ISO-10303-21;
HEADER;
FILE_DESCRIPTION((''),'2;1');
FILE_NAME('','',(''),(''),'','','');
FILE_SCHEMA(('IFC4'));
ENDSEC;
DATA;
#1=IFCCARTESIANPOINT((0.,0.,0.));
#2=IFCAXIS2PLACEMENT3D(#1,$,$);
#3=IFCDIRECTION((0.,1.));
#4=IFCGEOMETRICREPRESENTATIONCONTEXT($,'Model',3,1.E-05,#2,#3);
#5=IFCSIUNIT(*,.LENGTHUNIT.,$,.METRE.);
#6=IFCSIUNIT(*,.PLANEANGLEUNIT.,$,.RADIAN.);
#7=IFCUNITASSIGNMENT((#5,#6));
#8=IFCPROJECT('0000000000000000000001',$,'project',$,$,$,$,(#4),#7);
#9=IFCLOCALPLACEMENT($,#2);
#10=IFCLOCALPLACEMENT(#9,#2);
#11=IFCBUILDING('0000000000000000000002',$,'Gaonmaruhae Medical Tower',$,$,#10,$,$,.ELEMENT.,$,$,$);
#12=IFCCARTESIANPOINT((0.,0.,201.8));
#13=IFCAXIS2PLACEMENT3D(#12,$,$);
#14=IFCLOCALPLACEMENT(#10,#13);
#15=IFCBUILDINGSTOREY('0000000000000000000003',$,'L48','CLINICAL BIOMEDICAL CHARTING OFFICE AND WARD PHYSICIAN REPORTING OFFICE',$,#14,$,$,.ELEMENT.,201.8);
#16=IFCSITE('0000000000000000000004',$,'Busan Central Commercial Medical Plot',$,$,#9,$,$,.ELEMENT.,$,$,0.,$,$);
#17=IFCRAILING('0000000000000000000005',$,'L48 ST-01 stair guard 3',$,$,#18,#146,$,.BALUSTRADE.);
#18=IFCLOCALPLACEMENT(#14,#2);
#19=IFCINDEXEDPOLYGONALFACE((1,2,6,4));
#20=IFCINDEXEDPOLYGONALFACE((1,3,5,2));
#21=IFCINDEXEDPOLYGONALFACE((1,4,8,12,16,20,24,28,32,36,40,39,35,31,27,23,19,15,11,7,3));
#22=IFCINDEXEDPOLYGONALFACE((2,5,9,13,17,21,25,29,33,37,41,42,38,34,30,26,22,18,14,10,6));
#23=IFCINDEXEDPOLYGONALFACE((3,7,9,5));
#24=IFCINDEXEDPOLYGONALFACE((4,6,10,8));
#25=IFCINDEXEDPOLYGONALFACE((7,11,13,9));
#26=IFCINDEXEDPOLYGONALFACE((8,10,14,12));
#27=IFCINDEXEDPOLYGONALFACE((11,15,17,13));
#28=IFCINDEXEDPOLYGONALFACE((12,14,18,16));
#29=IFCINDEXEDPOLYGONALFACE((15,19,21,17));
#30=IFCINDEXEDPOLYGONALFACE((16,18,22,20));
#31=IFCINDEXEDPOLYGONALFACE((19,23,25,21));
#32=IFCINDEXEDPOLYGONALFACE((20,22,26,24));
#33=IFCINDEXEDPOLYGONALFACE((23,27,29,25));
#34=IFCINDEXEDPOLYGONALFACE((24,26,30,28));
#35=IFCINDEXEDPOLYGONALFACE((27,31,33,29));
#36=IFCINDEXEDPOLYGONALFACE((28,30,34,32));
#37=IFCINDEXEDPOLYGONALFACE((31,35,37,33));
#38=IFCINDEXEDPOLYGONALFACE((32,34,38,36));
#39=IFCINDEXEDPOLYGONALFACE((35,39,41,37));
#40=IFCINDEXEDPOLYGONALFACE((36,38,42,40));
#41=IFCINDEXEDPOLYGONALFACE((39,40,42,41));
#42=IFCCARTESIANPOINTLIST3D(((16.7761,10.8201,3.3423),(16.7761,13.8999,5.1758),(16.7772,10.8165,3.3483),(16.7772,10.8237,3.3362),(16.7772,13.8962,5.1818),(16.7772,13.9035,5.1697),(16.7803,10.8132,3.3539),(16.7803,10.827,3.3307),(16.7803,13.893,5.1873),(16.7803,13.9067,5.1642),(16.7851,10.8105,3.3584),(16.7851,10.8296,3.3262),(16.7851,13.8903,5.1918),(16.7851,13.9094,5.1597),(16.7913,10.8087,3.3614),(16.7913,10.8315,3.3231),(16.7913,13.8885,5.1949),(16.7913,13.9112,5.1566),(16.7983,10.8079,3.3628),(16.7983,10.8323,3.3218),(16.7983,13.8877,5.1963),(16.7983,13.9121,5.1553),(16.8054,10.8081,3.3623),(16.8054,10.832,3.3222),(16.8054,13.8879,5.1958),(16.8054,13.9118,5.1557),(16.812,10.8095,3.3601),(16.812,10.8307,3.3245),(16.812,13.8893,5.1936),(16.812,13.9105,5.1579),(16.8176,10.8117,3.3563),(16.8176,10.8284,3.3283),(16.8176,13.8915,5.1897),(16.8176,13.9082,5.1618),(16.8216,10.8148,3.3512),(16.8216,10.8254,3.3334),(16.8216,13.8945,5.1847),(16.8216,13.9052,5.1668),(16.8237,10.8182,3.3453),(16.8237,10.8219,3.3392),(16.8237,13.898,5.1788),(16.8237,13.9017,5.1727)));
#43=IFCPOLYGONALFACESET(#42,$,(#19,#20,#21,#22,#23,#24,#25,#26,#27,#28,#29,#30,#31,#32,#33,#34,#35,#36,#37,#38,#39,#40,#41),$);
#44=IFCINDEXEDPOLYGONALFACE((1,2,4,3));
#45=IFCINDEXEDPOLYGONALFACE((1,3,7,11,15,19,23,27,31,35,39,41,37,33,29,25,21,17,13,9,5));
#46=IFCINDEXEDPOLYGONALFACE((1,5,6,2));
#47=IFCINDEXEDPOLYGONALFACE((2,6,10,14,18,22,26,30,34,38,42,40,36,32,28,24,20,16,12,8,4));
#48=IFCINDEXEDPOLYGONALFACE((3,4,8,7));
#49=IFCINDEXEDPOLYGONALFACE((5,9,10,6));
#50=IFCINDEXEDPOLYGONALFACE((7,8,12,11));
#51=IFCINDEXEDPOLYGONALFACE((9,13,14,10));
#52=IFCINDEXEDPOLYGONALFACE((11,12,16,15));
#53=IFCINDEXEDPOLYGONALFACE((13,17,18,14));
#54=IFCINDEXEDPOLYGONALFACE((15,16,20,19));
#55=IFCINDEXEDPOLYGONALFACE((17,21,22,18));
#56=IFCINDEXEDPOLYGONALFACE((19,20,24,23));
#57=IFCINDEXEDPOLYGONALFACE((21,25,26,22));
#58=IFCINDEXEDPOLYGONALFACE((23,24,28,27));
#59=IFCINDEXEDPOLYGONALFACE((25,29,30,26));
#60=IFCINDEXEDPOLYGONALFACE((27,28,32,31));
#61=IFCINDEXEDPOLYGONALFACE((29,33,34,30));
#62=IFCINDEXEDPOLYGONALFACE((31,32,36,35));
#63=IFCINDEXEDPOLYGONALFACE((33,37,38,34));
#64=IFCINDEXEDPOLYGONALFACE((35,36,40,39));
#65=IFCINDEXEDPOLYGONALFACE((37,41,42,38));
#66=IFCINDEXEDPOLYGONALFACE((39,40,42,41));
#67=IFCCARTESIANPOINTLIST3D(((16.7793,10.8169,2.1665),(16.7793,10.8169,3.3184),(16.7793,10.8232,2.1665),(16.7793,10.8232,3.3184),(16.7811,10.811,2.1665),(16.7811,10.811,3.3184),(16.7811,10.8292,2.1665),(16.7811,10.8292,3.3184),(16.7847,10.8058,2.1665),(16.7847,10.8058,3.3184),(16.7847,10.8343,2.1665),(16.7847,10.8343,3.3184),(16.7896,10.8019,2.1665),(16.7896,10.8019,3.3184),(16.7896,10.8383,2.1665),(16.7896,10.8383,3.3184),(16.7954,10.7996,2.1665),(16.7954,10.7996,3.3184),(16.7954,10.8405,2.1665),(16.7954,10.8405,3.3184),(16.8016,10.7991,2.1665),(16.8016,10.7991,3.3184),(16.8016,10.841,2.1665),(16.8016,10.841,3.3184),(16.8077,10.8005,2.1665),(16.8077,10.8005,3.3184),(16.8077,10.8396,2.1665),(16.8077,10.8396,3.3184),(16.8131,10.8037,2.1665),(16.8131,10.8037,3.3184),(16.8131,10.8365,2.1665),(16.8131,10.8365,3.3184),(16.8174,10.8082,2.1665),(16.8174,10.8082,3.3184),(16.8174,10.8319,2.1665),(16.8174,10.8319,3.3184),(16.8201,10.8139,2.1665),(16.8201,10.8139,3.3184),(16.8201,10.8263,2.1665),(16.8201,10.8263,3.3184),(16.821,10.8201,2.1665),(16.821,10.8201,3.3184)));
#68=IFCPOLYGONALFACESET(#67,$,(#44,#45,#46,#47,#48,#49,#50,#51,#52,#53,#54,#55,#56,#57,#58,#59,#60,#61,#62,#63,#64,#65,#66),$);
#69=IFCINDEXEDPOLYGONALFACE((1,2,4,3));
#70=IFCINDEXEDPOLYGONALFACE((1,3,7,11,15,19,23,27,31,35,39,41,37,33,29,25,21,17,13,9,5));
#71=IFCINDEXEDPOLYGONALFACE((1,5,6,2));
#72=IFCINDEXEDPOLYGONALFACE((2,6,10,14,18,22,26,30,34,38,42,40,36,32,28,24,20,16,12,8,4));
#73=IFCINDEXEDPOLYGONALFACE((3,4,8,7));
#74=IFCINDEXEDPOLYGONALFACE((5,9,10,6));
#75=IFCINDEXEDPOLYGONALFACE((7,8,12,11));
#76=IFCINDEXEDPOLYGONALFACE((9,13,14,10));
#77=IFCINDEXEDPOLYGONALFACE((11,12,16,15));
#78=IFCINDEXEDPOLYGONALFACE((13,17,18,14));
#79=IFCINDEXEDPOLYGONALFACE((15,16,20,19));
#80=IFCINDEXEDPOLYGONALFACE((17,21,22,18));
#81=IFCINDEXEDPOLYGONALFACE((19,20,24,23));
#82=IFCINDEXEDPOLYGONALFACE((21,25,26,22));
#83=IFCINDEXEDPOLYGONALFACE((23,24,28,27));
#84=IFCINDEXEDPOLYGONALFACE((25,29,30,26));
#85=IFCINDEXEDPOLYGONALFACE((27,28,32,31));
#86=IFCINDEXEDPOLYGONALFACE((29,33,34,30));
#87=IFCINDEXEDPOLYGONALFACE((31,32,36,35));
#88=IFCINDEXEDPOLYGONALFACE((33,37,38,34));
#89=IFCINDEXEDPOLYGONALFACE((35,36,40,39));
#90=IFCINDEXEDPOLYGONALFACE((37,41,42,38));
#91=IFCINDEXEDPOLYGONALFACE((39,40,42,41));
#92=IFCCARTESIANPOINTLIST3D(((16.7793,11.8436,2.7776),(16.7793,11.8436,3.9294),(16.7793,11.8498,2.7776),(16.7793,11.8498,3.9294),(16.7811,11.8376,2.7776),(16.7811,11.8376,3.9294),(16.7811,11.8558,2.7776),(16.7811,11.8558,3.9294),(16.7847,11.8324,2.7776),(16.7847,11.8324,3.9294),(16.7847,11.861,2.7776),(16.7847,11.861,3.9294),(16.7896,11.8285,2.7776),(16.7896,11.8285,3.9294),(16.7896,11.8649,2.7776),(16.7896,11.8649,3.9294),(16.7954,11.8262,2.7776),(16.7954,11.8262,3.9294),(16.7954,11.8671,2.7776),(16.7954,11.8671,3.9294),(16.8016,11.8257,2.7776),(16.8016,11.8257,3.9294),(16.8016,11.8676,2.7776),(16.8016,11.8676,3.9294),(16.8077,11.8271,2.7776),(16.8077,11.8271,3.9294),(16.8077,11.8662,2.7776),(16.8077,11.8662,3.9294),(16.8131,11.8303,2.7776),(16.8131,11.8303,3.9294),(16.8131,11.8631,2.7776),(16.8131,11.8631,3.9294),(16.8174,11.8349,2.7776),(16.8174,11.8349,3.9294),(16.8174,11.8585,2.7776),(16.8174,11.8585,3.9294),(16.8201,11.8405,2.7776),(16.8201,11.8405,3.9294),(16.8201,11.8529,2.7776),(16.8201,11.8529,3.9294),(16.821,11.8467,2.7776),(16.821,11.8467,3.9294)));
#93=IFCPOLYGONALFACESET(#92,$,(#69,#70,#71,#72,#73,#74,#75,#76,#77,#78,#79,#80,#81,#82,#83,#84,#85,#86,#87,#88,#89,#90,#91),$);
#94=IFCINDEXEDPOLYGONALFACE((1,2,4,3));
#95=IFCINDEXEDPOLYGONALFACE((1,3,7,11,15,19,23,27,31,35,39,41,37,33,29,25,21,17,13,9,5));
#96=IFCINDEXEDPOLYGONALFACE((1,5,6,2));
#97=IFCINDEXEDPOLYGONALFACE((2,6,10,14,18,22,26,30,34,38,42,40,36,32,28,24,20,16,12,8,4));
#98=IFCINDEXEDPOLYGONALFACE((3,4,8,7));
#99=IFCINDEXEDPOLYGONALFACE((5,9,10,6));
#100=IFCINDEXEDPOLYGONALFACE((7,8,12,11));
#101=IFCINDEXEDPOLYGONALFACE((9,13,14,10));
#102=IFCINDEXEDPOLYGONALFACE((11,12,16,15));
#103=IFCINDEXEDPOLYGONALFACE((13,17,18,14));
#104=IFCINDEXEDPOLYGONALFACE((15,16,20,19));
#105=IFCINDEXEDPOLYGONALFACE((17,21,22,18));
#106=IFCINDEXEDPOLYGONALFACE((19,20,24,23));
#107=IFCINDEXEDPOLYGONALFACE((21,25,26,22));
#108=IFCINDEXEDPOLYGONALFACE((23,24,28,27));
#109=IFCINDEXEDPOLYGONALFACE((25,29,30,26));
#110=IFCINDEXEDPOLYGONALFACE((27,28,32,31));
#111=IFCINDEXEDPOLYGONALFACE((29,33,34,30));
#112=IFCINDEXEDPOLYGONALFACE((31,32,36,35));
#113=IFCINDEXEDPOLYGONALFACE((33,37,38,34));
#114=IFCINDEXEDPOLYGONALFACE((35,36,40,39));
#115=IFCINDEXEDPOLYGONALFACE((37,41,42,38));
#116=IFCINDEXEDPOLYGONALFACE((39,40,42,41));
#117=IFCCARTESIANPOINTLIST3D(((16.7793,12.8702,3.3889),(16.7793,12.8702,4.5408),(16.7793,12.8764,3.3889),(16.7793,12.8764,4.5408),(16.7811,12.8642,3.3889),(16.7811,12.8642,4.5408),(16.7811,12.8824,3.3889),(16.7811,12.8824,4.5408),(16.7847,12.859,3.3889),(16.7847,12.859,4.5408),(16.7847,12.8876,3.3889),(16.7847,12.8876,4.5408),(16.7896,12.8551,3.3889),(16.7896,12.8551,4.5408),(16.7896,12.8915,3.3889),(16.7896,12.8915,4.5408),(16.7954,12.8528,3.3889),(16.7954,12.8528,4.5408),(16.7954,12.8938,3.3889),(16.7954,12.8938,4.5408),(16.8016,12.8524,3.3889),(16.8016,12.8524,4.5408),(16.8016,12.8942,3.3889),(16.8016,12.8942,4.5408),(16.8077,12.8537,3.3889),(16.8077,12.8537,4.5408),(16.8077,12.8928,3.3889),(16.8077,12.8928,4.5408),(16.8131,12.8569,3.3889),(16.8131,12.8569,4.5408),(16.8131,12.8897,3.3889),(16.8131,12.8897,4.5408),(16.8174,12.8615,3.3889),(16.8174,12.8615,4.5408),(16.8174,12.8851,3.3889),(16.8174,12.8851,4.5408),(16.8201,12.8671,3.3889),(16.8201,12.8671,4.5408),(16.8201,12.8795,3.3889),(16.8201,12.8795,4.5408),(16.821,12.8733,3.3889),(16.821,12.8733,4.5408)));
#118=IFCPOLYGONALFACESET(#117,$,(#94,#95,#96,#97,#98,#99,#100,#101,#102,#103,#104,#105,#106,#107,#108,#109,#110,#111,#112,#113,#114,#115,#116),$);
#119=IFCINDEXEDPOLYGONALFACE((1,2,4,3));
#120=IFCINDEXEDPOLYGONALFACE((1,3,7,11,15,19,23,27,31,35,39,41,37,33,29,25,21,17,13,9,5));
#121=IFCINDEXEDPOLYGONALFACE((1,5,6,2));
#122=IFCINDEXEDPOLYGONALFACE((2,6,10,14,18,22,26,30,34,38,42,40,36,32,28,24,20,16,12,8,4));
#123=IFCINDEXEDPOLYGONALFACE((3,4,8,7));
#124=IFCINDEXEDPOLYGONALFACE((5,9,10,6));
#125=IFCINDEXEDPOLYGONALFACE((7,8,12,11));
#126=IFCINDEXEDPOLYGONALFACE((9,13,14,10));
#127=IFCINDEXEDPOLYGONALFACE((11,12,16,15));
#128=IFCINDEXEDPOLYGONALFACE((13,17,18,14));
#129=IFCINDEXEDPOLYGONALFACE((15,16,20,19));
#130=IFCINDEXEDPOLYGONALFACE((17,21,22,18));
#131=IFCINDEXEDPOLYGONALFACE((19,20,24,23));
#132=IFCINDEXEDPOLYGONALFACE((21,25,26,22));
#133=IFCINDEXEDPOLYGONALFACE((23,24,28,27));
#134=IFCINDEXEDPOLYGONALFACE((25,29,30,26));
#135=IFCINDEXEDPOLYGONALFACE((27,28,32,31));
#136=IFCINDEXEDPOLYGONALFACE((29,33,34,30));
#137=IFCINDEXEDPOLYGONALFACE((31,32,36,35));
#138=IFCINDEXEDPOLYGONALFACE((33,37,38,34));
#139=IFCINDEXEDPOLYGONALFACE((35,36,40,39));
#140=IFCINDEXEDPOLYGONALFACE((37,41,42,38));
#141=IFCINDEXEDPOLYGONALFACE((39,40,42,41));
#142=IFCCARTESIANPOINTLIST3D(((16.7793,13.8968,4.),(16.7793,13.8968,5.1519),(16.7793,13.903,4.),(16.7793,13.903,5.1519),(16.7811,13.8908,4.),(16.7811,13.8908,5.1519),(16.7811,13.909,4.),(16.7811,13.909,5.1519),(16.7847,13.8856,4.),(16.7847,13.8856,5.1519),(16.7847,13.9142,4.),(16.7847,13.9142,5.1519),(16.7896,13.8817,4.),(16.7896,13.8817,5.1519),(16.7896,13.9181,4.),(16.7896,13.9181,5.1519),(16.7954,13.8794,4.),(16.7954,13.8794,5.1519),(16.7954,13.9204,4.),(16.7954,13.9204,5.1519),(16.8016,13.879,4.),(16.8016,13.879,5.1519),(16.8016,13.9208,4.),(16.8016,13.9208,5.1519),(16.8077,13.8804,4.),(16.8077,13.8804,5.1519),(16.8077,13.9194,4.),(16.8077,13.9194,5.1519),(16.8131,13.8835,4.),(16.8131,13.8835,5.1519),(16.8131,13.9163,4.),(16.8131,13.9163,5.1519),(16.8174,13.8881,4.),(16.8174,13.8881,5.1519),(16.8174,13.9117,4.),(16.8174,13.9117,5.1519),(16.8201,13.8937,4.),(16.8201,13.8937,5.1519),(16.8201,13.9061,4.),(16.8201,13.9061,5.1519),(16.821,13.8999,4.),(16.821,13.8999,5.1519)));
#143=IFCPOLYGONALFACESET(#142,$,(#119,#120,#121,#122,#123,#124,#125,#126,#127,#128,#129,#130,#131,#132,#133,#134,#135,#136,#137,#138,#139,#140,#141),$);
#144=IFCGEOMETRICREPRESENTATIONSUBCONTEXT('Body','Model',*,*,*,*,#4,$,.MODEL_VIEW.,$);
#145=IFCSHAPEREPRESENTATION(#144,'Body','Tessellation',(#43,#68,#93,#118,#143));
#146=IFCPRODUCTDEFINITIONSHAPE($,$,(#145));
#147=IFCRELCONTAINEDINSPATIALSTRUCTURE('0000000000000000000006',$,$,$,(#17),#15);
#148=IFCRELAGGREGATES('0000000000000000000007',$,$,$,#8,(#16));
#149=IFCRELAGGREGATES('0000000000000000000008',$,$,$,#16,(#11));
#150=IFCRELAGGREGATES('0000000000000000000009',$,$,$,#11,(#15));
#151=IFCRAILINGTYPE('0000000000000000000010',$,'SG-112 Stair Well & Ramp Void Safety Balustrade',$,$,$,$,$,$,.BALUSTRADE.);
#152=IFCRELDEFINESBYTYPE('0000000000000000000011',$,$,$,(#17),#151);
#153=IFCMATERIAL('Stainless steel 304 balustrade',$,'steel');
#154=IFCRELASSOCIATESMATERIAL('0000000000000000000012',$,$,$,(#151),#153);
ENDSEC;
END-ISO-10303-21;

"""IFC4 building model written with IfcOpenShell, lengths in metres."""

from ifc_helpers import new_model, si_unit, direction, frame, origin, origin_2d, place, context, subcontext, project, spatial, circle, extrude, material, type_object, element, save


model = new_model("IFC4")

# Units and contexts
model_context = context("Model", 3, precision=1e-05, world=origin(), true_north=direction((0.0, 1.0)))
body_context = subcontext(model_context, "Body", "Model", "MODEL_VIEW")
ifc_project = project(units=[si_unit("LENGTHUNIT", "METRE"), si_unit("PLANEANGLEUNIT", "RADIAN")], contexts=[model_context])

# Site, building, storey
site_placement = place(None, origin())
site = spatial("IfcSite", under=ifc_project, at=site_placement, Name="Busan Central Commercial Medical Plot", CompositionType="ELEMENT", RefElevation=0.0)
building_placement = place(site_placement, origin())
building = spatial("IfcBuilding", under=site, at=building_placement, Name="Gaonmaruhae Medical Tower", CompositionType="ELEMENT")
storey_placement = place(building_placement, frame((0.0, 0.0, 201.8)))
storey = spatial("IfcBuildingStorey", under=building, at=storey_placement, Name="L48", Description="CLINICAL BIOMEDICAL CHARTING OFFICE AND WARD PHYSICIAN REPORTING OFFICE", CompositionType="ELEMENT", Elevation=201.8)

# Railing
ifc_material_1 = material(Name="Stainless steel 304 balustrade", Category="steel")
railing_type_1 = type_object("IfcRailingType", Name="SG-112 Stair Well & Ramp Void Safety Balustrade", PredefinedType="BALUSTRADE", material=ifc_material_1)
railing_1_placement = place(storey_placement, frame((16.8, 10.8201, 2.1665)))
element("IfcRailing", 1, at=railing_1_placement, inside=storey, type_object=railing_type_1, Name="L48 ST-01 stair guard 3", PredefinedType="BALUSTRADE", context=body_context, shape_type="SweptSolid", body=[
    extrude(circle(Radius=0.0239, at=origin_2d()), frame((0.0, 0.0, 1.1758), z_axis=(0.0, 0.859261, 0.511538), x_axis=(-1.0, 0.0, 0.0)), (0.0, 0.0, 1.0), 3.5842),
    extrude(circle(Radius=0.021, at=origin_2d()), origin(), (0.0, 0.0, 1.0), 1.1519),
    extrude(circle(Radius=0.021, at=origin_2d()), frame((0.0, 1.0266, 0.6111)), (0.0, 0.0, 1.0), 1.1519),
    extrude(circle(Radius=0.021, at=origin_2d()), frame((0.0, 2.0532, 1.2224)), (0.0, 0.0, 1.0), 1.1519),
    extrude(circle(Radius=0.021, at=origin_2d()), frame((0.0, 3.0798, 1.8335)), (0.0, 0.0, 1.0), 1.1519),
])

save(model, "model.ifc")
